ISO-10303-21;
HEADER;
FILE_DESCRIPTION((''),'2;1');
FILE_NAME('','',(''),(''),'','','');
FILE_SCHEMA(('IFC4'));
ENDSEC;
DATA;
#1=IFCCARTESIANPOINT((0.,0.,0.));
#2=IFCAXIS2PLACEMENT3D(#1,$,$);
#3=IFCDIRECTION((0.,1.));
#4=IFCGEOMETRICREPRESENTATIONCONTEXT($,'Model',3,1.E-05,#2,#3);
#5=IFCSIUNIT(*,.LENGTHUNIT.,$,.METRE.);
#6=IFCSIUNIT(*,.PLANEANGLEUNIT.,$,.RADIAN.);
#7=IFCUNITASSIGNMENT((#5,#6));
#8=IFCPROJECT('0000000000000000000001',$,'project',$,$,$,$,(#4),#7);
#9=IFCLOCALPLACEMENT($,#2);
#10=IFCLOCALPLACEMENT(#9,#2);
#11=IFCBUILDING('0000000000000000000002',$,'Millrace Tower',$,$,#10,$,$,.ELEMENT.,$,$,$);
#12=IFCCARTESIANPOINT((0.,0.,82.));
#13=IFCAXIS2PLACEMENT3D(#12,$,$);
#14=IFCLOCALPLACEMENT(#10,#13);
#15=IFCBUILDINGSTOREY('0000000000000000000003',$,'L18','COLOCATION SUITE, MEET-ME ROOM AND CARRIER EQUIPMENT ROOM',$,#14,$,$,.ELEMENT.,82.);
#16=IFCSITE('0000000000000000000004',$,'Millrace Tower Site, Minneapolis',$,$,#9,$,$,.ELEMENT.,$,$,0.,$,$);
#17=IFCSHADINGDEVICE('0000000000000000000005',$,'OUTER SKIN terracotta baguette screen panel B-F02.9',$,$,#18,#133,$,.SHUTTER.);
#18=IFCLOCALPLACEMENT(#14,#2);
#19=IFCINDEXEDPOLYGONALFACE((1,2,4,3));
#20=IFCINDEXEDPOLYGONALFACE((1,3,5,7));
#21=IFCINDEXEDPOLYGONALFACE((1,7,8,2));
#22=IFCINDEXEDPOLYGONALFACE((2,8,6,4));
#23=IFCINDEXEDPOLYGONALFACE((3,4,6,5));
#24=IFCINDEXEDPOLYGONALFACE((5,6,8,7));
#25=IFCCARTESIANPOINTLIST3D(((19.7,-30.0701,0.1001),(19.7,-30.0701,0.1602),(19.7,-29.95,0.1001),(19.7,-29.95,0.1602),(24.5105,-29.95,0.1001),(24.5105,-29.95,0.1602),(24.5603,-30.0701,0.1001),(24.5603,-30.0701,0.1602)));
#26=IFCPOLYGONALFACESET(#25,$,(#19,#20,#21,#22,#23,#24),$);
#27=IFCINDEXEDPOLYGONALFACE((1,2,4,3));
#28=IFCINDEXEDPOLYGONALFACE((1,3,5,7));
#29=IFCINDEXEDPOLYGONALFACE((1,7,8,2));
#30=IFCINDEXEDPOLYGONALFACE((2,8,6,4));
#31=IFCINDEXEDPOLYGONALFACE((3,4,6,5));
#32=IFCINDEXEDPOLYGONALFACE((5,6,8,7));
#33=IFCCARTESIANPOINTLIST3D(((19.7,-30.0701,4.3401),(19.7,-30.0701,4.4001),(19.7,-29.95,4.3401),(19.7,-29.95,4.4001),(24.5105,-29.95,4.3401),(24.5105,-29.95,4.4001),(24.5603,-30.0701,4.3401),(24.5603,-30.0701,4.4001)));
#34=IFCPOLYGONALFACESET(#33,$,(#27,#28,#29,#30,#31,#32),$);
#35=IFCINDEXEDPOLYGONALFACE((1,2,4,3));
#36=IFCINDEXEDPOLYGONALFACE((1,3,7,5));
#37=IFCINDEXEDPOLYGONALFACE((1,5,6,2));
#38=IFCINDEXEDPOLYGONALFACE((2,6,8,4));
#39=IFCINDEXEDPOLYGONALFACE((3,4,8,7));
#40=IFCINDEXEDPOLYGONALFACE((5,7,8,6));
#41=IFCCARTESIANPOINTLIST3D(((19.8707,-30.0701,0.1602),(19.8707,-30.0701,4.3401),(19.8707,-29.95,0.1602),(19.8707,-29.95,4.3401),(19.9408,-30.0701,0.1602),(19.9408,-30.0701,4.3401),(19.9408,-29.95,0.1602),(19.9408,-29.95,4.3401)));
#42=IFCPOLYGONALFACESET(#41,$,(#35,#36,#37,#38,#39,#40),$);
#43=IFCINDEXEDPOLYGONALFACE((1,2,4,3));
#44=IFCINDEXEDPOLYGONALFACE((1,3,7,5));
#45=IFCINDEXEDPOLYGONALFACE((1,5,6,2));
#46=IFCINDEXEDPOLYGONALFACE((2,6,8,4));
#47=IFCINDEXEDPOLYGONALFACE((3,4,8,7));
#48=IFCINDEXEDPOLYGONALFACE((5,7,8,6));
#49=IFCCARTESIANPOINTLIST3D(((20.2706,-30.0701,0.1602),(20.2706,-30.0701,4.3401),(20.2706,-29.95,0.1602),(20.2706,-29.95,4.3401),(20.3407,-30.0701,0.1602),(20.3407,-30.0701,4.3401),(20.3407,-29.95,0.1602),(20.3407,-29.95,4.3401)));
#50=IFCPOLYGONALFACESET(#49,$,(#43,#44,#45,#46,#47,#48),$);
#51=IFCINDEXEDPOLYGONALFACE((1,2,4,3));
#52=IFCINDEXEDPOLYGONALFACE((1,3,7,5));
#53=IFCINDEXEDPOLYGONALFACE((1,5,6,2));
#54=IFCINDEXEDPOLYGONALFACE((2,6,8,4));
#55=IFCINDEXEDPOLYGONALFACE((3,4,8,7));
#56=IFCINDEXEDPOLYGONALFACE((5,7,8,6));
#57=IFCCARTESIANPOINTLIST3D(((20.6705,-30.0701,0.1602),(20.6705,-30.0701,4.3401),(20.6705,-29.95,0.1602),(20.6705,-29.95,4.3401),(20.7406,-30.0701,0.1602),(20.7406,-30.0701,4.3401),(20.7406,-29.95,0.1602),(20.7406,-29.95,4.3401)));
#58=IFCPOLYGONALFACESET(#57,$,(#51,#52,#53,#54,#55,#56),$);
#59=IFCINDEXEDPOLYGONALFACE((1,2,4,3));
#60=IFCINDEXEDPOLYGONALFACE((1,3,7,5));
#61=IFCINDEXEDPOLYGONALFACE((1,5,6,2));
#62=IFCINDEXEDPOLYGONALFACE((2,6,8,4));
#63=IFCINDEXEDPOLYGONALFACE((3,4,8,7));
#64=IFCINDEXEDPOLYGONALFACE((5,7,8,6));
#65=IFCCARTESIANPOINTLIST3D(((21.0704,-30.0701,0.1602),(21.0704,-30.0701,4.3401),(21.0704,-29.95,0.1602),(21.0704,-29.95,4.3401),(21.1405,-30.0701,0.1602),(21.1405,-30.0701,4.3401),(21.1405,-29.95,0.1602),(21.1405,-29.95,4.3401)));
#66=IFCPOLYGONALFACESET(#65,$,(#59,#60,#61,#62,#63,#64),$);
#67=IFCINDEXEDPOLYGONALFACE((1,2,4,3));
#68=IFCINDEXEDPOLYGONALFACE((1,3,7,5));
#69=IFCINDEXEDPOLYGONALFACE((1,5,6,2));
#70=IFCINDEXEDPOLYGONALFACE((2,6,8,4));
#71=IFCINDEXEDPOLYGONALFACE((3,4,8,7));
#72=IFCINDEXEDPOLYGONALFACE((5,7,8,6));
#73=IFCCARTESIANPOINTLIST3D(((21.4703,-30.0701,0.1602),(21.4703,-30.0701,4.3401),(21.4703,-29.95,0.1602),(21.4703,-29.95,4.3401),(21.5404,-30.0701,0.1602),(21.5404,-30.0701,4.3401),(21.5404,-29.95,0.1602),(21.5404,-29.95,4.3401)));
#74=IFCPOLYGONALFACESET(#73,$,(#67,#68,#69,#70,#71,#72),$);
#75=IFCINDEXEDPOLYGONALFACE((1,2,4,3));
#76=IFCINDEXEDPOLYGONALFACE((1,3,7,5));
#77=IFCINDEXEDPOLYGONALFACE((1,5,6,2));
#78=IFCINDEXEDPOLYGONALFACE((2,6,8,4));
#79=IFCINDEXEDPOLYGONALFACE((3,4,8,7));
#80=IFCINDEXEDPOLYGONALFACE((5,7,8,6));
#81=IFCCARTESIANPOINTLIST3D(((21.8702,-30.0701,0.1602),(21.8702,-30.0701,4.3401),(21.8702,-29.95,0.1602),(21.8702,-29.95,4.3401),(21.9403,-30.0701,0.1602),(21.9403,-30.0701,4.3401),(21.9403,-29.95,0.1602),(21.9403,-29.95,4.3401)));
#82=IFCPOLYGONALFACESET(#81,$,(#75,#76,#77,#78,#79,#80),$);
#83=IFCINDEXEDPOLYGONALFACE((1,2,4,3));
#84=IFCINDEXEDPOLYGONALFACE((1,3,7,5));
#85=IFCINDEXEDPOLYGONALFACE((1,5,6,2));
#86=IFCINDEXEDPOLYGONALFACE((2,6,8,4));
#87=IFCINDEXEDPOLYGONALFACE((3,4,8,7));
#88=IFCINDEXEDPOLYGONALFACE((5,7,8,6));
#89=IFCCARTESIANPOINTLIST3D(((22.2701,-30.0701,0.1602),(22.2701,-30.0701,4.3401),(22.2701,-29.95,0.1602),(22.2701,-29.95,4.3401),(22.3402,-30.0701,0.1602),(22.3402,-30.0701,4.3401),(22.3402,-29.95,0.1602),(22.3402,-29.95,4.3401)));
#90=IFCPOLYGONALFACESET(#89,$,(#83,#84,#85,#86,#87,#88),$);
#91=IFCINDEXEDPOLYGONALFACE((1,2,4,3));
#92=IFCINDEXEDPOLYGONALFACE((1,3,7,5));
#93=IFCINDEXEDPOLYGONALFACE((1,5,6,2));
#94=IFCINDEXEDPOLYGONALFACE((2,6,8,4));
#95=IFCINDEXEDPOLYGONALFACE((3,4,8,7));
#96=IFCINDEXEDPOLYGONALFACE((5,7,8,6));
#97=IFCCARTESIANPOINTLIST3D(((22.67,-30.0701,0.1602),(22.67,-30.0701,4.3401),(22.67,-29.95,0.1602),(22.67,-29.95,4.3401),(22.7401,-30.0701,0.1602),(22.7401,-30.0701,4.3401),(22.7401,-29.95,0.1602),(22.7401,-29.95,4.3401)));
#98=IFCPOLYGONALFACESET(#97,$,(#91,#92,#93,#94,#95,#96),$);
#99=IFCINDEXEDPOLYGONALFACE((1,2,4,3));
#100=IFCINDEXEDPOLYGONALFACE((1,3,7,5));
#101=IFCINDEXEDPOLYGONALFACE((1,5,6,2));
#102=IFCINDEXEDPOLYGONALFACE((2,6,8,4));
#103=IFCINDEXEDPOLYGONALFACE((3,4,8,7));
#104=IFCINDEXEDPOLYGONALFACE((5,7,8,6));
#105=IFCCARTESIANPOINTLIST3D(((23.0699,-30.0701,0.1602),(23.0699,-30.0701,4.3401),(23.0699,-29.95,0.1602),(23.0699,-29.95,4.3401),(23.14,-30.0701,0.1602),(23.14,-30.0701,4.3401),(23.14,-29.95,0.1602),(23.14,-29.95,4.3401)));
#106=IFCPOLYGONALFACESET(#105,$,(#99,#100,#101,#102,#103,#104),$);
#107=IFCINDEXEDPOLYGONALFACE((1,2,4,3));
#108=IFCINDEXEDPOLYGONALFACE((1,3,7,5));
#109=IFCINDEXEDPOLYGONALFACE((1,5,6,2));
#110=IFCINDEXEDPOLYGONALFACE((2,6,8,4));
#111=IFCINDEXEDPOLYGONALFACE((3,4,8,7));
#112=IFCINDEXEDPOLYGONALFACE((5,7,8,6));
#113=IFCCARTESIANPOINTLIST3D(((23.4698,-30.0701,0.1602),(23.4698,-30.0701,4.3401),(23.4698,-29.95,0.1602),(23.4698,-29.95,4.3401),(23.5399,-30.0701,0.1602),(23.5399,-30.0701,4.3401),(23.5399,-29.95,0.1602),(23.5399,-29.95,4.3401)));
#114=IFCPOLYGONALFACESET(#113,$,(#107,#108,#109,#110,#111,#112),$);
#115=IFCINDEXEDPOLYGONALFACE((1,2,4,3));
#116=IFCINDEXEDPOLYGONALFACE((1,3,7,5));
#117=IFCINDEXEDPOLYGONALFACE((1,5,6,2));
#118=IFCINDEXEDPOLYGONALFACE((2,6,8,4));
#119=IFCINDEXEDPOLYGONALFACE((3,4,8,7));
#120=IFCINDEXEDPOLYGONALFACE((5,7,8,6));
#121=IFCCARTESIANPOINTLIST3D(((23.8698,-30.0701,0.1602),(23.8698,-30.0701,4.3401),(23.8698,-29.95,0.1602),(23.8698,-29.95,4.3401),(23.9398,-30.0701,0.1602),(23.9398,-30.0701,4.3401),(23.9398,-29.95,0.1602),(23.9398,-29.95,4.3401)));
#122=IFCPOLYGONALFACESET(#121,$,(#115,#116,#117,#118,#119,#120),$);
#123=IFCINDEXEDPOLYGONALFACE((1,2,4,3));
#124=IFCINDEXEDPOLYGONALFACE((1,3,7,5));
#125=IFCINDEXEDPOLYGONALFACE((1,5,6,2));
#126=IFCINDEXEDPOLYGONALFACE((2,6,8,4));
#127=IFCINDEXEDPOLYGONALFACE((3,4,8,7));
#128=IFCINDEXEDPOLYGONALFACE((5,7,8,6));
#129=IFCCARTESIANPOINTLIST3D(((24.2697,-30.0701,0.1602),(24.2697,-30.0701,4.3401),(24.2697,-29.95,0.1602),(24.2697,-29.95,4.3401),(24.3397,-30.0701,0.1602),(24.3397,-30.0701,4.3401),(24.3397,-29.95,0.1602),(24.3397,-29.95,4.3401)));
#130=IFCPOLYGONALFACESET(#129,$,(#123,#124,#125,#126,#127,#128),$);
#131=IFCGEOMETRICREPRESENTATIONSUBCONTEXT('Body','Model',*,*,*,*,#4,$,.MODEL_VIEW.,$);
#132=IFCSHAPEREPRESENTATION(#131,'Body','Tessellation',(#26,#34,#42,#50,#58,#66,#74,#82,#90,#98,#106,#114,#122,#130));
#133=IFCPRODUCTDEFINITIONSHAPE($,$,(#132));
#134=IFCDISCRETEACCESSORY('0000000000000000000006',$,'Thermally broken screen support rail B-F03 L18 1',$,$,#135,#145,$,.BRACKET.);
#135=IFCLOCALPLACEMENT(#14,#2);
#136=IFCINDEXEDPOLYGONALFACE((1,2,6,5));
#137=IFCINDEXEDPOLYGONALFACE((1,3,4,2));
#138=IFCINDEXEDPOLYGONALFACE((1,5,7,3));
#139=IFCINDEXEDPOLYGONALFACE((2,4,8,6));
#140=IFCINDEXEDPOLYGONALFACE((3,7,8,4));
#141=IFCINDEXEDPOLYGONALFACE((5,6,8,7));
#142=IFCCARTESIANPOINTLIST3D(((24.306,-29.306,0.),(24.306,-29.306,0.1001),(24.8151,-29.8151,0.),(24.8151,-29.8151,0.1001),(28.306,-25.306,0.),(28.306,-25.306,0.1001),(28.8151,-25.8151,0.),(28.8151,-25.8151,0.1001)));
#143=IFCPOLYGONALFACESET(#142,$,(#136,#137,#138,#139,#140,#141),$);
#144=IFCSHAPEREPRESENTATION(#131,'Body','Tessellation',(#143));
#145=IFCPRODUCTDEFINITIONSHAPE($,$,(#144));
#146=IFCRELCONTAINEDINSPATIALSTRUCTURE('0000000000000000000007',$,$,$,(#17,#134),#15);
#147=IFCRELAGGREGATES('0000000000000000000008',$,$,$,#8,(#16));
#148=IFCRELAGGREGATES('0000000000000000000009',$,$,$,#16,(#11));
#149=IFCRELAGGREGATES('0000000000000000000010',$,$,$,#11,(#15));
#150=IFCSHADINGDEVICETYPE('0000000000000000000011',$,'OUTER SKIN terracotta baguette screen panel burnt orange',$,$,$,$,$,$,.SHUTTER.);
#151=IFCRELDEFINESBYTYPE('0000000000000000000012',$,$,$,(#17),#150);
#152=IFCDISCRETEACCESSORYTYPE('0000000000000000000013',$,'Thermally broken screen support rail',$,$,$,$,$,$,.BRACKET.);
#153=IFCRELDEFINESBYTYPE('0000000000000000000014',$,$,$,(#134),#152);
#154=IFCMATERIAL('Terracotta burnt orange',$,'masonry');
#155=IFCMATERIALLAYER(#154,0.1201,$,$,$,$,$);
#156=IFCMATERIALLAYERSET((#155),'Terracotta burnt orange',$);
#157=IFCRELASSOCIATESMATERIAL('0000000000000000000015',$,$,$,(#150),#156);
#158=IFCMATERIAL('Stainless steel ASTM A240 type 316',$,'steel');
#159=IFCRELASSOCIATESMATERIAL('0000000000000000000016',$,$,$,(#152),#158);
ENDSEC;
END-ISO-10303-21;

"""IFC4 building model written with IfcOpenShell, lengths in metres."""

from ifc_helpers import new_model, entity, si_unit, direction, frame, frame_2d, origin, origin_2d, place, context, subcontext, project, spatial, rectangle, extrude, source, transform, mapped, material, layer, layer_set, type_object, element, save


model = new_model("IFC4")

# Units and contexts
model_context = context("Model", 3, precision=1e-05, world=origin(), true_north=direction((0.0, 1.0)))
body_context = subcontext(model_context, "Body", "Model", "MODEL_VIEW")
ifc_project = project(units=[si_unit("LENGTHUNIT", "METRE"), si_unit("PLANEANGLEUNIT", "RADIAN")], contexts=[model_context])

# Site, building, storey
site_placement = place(None, origin())
site = spatial("IfcSite", under=ifc_project, at=site_placement, Name="Millrace Tower Site, Minneapolis", CompositionType="ELEMENT", RefElevation=0.0)
building_placement = place(site_placement, origin())
building = spatial("IfcBuilding", under=site, at=building_placement, Name="Millrace Tower", CompositionType="ELEMENT")
storey_placement = place(building_placement, frame((0.0, 0.0, 82.0)))
storey = spatial("IfcBuildingStorey", under=building, at=storey_placement, Name="L18", Description="COLOCATION SUITE, MEET-ME ROOM AND CARRIER EQUIPMENT ROOM", CompositionType="ELEMENT", Elevation=82.0)

# Shading device
ifc_material_1 = material(Name="Terracotta burnt orange", Category="masonry")
ifc_layer_1 = layer(ifc_material_1, 0.1201)
ifc_layer_set_1 = layer_set([ifc_layer_1], Name="Terracotta burnt orange")
shading_device_type = type_object("IfcShadingDeviceType", Name="OUTER SKIN terracotta baguette screen panel burnt orange", PredefinedType="SHUTTER", material=ifc_layer_set_1)
cartesian_point_1 = entity("IfcCartesianPoint", [-2.4177, 0.0601])
shared_polyline_1 = entity("IfcPolyline", [cartesian_point_1, entity("IfcCartesianPoint", [2.3928, 0.0601]), entity("IfcCartesianPoint", [2.4426, -0.0601]), entity("IfcCartesianPoint", [-2.4177, -0.0601]), cartesian_point_1])
shared_shape_1 = source(origin(), body_context, "Body", "SweptSolid", [
    entity("IfcExtrudedAreaSolid", entity("IfcArbitraryClosedProfileDef", "AREA", None, shared_polyline_1), entity("IfcAxis2Placement3D", entity("IfcCartesianPoint", [0.0, 0.0, 0.0])), entity("IfcDirection", [0.0, 0.0, 1.0]), 0.0601),
    entity("IfcExtrudedAreaSolid", entity("IfcArbitraryClosedProfileDef", "AREA", None, shared_polyline_1), entity("IfcAxis2Placement3D", entity("IfcCartesianPoint", [0.0, 0.0, 4.24])), entity("IfcDirection", [0.0, 0.0, 1.0]), 0.0601),
    extrude(rectangle(XDim=0.0701, YDim=0.1201, at=frame_2d((-2.2119, 0.0))), frame((0.0, 0.0, 0.0601)), (0.0, 0.0, 1.0), 4.1799),
    extrude(rectangle(XDim=0.0701, YDim=0.1201, at=frame_2d((-1.812, 0.0))), frame((0.0, 0.0, 0.0601)), (0.0, 0.0, 1.0), 4.1799),
    extrude(rectangle(XDim=0.0701, YDim=0.1201, at=frame_2d((-1.4121, 0.0))), frame((0.0, 0.0, 0.0601)), (0.0, 0.0, 1.0), 4.1799),
    extrude(rectangle(XDim=0.0701, YDim=0.1201, at=frame_2d((-1.0122, 0.0))), frame((0.0, 0.0, 0.0601)), (0.0, 0.0, 1.0), 4.1799),
    extrude(rectangle(XDim=0.0701, YDim=0.1201, at=frame_2d((-0.6123, 0.0))), frame((0.0, 0.0, 0.0601)), (0.0, 0.0, 1.0), 4.1799),
    extrude(rectangle(XDim=0.0701, YDim=0.1201, at=frame_2d((-0.2124, 0.0))), frame((0.0, 0.0, 0.0601)), (0.0, 0.0, 1.0), 4.1799),
    extrude(rectangle(XDim=0.0701, YDim=0.1201, at=frame_2d((0.1875, 0.0))), frame((0.0, 0.0, 0.0601)), (0.0, 0.0, 1.0), 4.1799),
    extrude(rectangle(XDim=0.0701, YDim=0.1201, at=frame_2d((0.5874, 0.0))), frame((0.0, 0.0, 0.0601)), (0.0, 0.0, 1.0), 4.1799),
    extrude(rectangle(XDim=0.0701, YDim=0.1201, at=frame_2d((0.9873, 0.0))), frame((0.0, 0.0, 0.0601)), (0.0, 0.0, 1.0), 4.1799),
    extrude(rectangle(XDim=0.0701, YDim=0.1201, at=frame_2d((1.3872, 0.0))), frame((0.0, 0.0, 0.0601)), (0.0, 0.0, 1.0), 4.1799),
    extrude(rectangle(XDim=0.0701, YDim=0.1201, at=frame_2d((1.7871, 0.0))), frame((0.0, 0.0, 0.0601)), (0.0, 0.0, 1.0), 4.1799),
    extrude(rectangle(XDim=0.0701, YDim=0.1201, at=frame_2d((2.187, 0.0))), frame((0.0, 0.0, 0.0601)), (0.0, 0.0, 1.0), 4.1799),
])
shading_device_1_placement = place(storey_placement, frame((22.1177, -30.01, 0.1001), z_axis=(0.0, 0.0, 1.0), x_axis=(1.0, 0.0, 0.0)))
element("IfcShadingDevice", 1, at=shading_device_1_placement, inside=storey, type_object=shading_device_type, Name="OUTER SKIN terracotta baguette screen panel B-F02.9", PredefinedType="SHUTTER", context=body_context, shape_type="MappedRepresentation", body=[
    mapped(shared_shape_1, transform((0.0, 0.0, 0.0), scale=1.0)),
])

# Discrete accessory
ifc_material_2 = material(Name="Stainless steel ASTM A240 type 316", Category="steel")
discrete_accessory_type = type_object("IfcDiscreteAccessoryType", Name="Thermally broken screen support rail", PredefinedType="BRACKET", material=ifc_material_2)
discrete_accessory_placement = place(storey_placement, frame((26.5605, -27.5605, 0.0), z_axis=(0.0, 0.0, 1.0), x_axis=(0.707107, 0.707107, 0.0)))
element("IfcDiscreteAccessory", 2, at=discrete_accessory_placement, inside=storey, type_object=discrete_accessory_type, Name="Thermally broken screen support rail B-F03 L18 1", PredefinedType="BRACKET", context=body_context, shape_type="SweptSolid", body=[
    extrude(rectangle(XDim=5.6567, YDim=0.72, at=origin_2d()), origin(), (0.0, 0.0, 1.0), 0.1001),
])

save(model, "model.ifc")
